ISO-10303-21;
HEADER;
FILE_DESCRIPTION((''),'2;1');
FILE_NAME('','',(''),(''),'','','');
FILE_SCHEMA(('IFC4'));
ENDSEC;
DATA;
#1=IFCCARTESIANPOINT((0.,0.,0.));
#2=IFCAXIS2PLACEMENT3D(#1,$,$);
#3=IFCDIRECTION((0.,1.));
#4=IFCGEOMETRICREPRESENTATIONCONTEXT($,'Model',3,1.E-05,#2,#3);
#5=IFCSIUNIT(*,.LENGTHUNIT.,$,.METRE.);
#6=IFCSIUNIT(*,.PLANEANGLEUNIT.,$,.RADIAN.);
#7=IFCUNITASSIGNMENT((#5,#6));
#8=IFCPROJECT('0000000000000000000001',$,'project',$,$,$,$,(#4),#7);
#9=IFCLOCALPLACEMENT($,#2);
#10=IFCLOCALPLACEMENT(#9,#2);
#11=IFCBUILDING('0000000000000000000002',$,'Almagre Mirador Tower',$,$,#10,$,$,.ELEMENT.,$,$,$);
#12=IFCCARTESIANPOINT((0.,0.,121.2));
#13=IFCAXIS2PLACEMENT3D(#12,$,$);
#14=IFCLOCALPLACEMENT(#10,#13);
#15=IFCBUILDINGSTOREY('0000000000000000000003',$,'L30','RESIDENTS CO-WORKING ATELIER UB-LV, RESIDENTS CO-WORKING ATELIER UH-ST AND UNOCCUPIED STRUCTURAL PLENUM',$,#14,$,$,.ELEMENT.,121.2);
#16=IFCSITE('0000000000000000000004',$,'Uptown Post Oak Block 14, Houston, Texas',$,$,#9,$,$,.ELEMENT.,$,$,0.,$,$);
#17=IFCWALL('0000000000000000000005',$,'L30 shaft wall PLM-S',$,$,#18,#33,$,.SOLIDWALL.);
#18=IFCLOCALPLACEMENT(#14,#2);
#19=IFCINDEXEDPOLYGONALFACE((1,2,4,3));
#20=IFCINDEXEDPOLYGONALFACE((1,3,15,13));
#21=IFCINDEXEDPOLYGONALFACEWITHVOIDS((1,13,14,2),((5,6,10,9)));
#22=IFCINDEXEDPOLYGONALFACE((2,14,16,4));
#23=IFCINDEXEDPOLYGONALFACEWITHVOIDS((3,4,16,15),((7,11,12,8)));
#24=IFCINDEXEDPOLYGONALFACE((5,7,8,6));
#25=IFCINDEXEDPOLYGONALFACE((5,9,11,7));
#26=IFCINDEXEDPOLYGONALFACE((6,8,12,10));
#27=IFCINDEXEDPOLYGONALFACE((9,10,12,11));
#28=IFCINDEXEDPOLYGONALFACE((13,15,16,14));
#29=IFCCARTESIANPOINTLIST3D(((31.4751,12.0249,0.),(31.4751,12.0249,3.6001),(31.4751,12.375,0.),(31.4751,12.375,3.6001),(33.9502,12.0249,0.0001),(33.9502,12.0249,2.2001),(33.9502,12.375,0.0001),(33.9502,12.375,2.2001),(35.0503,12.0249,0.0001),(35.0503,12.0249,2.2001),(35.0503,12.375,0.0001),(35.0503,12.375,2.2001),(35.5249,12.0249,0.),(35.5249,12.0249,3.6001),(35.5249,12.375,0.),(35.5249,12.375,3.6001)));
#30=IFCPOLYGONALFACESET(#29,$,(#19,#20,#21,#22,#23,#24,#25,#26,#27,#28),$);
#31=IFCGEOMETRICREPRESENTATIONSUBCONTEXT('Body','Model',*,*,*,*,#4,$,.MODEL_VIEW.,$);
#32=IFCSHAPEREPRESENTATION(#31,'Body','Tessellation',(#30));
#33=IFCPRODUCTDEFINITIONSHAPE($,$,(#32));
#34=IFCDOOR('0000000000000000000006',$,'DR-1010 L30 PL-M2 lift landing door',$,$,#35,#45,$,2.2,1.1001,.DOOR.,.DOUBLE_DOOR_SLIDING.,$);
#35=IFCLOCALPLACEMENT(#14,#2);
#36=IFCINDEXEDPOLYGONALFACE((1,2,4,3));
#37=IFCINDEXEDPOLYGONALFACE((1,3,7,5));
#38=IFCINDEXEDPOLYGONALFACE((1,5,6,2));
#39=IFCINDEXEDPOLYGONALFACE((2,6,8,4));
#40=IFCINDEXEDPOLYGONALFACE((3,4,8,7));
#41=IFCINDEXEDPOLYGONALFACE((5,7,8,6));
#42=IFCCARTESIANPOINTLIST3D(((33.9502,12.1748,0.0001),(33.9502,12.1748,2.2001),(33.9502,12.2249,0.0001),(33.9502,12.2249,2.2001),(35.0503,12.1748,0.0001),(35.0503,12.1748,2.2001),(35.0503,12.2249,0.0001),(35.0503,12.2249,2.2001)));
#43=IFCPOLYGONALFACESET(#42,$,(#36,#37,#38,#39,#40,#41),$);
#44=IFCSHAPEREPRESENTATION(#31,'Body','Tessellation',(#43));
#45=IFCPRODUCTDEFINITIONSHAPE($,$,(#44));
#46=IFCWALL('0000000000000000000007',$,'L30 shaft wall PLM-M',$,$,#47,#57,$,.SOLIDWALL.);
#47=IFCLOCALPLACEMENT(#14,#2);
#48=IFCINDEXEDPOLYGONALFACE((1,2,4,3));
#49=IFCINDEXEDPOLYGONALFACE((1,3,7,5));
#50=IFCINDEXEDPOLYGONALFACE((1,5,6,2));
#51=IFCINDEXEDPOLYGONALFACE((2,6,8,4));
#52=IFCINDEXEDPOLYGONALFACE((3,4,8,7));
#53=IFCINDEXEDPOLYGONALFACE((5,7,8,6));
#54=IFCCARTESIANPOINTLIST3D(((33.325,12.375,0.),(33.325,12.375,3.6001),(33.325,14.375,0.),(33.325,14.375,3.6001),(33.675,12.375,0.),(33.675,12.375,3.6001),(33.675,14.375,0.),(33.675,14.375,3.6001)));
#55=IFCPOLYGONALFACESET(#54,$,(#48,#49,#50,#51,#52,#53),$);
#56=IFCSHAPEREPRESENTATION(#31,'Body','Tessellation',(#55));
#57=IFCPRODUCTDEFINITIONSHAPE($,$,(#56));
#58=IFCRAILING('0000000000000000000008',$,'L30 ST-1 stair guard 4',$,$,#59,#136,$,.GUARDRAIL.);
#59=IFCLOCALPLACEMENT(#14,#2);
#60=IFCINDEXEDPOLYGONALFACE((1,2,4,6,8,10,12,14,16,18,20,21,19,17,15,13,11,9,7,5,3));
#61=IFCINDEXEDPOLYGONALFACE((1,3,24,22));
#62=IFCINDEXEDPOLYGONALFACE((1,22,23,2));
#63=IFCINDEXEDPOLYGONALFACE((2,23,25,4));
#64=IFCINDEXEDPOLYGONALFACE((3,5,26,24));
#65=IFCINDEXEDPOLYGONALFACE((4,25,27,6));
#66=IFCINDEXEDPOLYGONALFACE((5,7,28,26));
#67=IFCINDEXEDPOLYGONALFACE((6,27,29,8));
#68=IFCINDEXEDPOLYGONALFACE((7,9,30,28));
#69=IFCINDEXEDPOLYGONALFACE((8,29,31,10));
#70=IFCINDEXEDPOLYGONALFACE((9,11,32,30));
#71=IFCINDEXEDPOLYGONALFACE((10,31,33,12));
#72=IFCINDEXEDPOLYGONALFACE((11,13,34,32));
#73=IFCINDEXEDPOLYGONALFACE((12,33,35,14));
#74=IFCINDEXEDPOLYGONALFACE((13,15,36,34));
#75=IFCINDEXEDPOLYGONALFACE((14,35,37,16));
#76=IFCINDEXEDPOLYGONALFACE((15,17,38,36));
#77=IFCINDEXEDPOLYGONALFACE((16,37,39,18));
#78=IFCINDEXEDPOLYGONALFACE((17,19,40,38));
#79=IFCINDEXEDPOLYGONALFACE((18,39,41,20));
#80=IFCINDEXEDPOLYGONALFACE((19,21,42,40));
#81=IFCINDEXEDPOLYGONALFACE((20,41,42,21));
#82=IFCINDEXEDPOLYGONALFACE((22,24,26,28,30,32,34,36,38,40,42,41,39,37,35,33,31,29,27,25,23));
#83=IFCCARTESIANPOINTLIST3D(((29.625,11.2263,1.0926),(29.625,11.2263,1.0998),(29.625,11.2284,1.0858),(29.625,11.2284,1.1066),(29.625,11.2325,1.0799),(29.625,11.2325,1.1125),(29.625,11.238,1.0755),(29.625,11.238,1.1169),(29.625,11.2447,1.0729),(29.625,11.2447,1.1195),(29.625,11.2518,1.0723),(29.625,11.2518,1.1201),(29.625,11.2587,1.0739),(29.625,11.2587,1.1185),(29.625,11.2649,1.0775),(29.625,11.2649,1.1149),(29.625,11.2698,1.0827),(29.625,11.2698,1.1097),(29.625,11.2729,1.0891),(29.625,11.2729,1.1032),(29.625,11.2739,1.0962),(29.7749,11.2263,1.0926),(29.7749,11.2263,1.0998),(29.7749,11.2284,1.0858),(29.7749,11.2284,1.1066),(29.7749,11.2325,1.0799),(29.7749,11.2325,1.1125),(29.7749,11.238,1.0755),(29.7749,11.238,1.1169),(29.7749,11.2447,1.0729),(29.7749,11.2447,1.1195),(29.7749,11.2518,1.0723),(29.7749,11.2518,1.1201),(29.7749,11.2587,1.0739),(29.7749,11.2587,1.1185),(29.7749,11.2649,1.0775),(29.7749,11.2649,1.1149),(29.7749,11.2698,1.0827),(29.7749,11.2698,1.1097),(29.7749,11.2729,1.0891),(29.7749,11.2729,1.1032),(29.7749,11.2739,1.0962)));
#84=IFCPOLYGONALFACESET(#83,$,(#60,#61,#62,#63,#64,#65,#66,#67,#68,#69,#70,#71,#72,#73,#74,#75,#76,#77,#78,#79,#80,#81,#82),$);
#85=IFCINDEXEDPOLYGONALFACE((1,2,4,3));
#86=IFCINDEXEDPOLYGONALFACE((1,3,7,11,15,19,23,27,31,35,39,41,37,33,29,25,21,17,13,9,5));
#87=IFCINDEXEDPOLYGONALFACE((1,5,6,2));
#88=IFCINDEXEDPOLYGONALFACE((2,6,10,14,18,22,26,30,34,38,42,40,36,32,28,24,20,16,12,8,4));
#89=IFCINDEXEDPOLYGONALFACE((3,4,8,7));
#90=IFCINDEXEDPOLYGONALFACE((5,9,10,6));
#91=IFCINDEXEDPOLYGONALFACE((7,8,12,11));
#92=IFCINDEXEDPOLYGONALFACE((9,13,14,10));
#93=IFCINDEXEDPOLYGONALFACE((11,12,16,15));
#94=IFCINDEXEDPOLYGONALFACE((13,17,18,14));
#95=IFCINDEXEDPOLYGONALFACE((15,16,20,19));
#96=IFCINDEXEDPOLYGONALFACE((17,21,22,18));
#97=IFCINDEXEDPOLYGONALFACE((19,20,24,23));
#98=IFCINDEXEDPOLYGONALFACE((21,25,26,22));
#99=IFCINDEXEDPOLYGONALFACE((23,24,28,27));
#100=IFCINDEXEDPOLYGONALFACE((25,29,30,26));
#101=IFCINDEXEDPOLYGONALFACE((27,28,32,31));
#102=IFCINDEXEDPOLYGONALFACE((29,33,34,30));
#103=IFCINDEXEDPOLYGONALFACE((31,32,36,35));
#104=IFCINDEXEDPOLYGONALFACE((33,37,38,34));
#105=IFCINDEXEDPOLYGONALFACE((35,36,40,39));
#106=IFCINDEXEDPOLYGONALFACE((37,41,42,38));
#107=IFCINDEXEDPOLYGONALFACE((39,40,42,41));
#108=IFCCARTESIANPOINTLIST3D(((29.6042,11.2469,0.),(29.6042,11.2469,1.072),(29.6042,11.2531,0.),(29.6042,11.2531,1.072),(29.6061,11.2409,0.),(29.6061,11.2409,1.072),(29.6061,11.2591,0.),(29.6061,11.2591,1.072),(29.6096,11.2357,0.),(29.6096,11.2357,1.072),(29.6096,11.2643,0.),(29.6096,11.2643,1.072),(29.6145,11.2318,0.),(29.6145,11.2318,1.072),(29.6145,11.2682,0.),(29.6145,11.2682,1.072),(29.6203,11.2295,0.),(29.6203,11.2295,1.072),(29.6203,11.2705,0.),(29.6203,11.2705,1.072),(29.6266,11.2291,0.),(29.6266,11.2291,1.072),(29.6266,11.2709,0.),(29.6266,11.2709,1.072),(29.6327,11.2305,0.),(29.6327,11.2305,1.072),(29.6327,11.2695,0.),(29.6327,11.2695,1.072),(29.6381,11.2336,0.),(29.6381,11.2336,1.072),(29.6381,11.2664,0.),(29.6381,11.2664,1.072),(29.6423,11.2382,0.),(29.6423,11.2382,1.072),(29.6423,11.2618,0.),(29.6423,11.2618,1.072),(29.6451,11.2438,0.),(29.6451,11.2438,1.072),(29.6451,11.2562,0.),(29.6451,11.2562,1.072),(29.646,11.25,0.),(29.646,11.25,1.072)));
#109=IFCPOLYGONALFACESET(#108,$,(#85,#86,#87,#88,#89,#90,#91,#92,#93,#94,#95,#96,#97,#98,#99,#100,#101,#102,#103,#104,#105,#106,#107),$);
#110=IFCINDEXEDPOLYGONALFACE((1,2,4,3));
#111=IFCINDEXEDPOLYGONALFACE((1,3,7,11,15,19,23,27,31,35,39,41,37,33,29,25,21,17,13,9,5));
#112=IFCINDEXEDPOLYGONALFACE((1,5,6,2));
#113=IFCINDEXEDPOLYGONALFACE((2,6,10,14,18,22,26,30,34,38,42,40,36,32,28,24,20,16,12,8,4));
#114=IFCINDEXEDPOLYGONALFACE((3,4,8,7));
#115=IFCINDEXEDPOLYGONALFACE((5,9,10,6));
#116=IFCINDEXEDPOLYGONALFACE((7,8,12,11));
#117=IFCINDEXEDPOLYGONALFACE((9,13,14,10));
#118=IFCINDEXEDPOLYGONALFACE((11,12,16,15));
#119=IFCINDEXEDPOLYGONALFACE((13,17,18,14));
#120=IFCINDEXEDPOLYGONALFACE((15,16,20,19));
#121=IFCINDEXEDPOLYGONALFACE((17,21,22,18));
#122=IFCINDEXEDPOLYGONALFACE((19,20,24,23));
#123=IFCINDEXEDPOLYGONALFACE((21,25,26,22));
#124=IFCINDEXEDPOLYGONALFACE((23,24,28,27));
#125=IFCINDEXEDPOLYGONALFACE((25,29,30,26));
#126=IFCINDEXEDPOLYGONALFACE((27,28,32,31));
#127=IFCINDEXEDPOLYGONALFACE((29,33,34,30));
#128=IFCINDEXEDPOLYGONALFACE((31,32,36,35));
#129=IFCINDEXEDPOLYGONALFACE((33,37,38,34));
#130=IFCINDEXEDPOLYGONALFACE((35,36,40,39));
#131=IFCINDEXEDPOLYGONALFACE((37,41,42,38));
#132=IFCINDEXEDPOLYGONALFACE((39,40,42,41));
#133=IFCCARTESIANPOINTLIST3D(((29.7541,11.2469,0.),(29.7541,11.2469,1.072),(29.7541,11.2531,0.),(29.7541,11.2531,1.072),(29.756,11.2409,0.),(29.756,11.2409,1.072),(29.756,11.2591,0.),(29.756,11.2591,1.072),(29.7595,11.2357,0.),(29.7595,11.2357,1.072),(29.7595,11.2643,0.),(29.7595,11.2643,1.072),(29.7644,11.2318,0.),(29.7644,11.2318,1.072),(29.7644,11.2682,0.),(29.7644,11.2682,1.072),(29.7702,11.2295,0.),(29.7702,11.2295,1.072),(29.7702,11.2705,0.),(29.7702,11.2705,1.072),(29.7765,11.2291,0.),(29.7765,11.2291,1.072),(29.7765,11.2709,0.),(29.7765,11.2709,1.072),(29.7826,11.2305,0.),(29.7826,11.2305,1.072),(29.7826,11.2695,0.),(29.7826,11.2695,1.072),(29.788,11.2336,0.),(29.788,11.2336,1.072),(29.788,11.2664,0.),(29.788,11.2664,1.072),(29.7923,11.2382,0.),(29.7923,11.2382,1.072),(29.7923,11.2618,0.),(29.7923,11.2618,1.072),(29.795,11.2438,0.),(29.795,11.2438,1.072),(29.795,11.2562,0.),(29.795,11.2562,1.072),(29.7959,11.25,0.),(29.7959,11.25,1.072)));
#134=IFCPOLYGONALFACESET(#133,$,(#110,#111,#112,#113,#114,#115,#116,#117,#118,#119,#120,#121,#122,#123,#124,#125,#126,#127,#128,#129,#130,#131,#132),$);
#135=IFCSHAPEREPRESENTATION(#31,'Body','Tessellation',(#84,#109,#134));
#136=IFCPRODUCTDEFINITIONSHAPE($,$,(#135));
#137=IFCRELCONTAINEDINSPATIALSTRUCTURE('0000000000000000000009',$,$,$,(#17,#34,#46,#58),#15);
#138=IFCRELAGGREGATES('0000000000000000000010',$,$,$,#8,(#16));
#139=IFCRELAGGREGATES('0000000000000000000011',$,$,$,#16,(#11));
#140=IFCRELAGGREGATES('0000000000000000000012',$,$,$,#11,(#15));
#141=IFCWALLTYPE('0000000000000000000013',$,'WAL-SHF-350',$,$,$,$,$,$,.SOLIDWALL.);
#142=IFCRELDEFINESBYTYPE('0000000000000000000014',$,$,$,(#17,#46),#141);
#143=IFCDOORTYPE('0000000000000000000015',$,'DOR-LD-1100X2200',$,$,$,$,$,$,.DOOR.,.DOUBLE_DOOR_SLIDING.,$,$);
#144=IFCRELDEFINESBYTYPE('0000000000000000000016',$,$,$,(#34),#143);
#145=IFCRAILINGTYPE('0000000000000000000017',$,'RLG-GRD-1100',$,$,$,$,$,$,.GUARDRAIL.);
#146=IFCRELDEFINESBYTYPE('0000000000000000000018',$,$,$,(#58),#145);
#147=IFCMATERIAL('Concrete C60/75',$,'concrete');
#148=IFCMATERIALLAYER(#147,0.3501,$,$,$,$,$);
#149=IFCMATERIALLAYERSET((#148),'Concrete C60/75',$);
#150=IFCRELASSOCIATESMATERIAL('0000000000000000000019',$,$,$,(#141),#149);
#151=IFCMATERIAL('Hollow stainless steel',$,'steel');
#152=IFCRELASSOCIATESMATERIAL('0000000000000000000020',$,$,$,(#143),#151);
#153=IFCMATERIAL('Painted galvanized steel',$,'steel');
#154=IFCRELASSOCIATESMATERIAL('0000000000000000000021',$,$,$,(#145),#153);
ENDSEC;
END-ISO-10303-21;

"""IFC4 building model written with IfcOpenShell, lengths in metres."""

from ifc_helpers import new_model, si_unit, direction, frame, frame_2d, origin, origin_2d, place, context, subcontext, project, spatial, rectangle, circle, extrude, material, layer, layer_set, type_object, element, fill, save


model = new_model("IFC4")

# Units and contexts
model_context = context("Model", 3, precision=1e-05, world=origin(), true_north=direction((0.0, 1.0)))
body_context = subcontext(model_context, "Body", "Model", "MODEL_VIEW")
ifc_project = project(units=[si_unit("LENGTHUNIT", "METRE"), si_unit("PLANEANGLEUNIT", "RADIAN")], contexts=[model_context])

# Site, building, storey
site_placement = place(None, origin())
site = spatial("IfcSite", under=ifc_project, at=site_placement, Name="Uptown Post Oak Block 14, Houston, Texas", CompositionType="ELEMENT", RefElevation=0.0)
building_placement = place(site_placement, origin())
building = spatial("IfcBuilding", under=site, at=building_placement, Name="Almagre Mirador Tower", CompositionType="ELEMENT")
storey_placement = place(building_placement, frame((0.0, 0.0, 121.2)))
storey = spatial("IfcBuildingStorey", under=building, at=storey_placement, Name="L30", Description="RESIDENTS CO-WORKING ATELIER UB-LV, RESIDENTS CO-WORKING ATELIER UH-ST AND UNOCCUPIED STRUCTURAL PLENUM", CompositionType="ELEMENT", Elevation=121.2)

# Wall, opening, door
ifc_material_1 = material(Name="Concrete C60/75", Category="concrete")
ifc_layer_1 = layer(ifc_material_1, 0.3501)
ifc_layer_set_1 = layer_set([ifc_layer_1], Name="Concrete C60/75")
wall_type_1 = type_object("IfcWallType", Name="WAL-SHF-350", PredefinedType="SOLIDWALL", material=ifc_layer_set_1)
wall_1_placement = place(storey_placement, frame((31.4751, 12.2, 0.0), z_axis=(0.0, 0.0, 1.0), x_axis=(1.0, 0.0, 0.0)))
wall_1 = element("IfcWall", 1, at=wall_1_placement, inside=storey, type_object=wall_type_1, Name="L30 shaft wall PLM-S", PredefinedType="SOLIDWALL", context=body_context, shape_type="SweptSolid", body=[
    extrude(rectangle(XDim=4.0498, YDim=0.3501, at=frame_2d((2.0249, 0.0))), origin(), (0.0, 0.0, 1.0), 3.6001),
])
opening_1_placement = place(wall_1_placement, frame((2.4751, 0.0, 0.0)))
opening_1 = element("IfcOpeningElement", 2, at=opening_1_placement, cuts=wall_1, PredefinedType="OPENING", context=body_context, shape_type="SweptSolid", body=[
    extrude(rectangle(XDim=1.1001, YDim=2.2, at=frame_2d((0.55, 1.1001))), frame((0.0, 0.185, 0.0), z_axis=(0.0, -1.0, 0.0), x_axis=(1.0, 0.0, 0.0)), (0.0, 0.0, 1.0), 0.3701),
])
ifc_material_2 = material(Name="Hollow stainless steel", Category="steel")
door_type_1 = type_object("IfcDoorType", Name="DOR-LD-1100X2200", OperationType="DOUBLE_DOOR_SLIDING", PredefinedType="DOOR", material=ifc_material_2)
door_1_placement = place(opening_1_placement, origin())
door_1 = element("IfcDoor", 3, at=door_1_placement, inside=storey, type_object=door_type_1, Name="DR-1010 L30 PL-M2 lift landing door", OperationType="DOUBLE_DOOR_SLIDING", OverallHeight=2.2, OverallWidth=1.1001, PredefinedType="DOOR", context=body_context, shape_type="SweptSolid", body=[
    extrude(rectangle(XDim=1.1001, YDim=2.2, at=frame_2d((0.55, 1.1001))), frame((0.0, 0.0249, 0.0), z_axis=(0.0, -1.0, 0.0), x_axis=(1.0, 0.0, 0.0)), (0.0, 0.0, 1.0), 0.05),
])
fill(opening_1, door_1)

# Wall
wall_2_placement = place(storey_placement, frame((33.5, 12.375, 0.0), z_axis=(0.0, 0.0, 1.0), x_axis=(0.0, 1.0, 0.0)))
element("IfcWall", 4, at=wall_2_placement, inside=storey, type_object=wall_type_1, Name="L30 shaft wall PLM-M", PredefinedType="SOLIDWALL", context=body_context, shape_type="SweptSolid", body=[
    extrude(rectangle(XDim=2.0, YDim=0.3501, at=frame_2d((1.0, 0.0))), origin(), (0.0, 0.0, 1.0), 3.6001),
])

# Railing
ifc_material_3 = material(Name="Painted galvanized steel", Category="steel")
railing_type = type_object("IfcRailingType", Name="RLG-GRD-1100", PredefinedType="GUARDRAIL", material=ifc_material_3)
railing_placement = place(storey_placement, frame((29.625, 11.25, 0.0)))
element("IfcRailing", 5, at=railing_placement, inside=storey, type_object=railing_type, Name="L30 ST-1 stair guard 4", PredefinedType="GUARDRAIL", context=body_context, shape_type="SweptSolid", body=[
    extrude(circle(Radius=0.0239, at=origin_2d()), frame((0.0, 0.0, 1.0962), z_axis=(1.0, 0.0, 0.0), x_axis=(0.0, 1.0, 0.0)), (0.0, 0.0, 1.0), 0.1499),
    extrude(circle(Radius=0.021, at=origin_2d()), origin(), (0.0, 0.0, 1.0), 1.072),
    extrude(circle(Radius=0.021, at=origin_2d()), frame((0.1499, 0.0, 0.0)), (0.0, 0.0, 1.0), 1.072),
])

save(model, "model.ifc")
